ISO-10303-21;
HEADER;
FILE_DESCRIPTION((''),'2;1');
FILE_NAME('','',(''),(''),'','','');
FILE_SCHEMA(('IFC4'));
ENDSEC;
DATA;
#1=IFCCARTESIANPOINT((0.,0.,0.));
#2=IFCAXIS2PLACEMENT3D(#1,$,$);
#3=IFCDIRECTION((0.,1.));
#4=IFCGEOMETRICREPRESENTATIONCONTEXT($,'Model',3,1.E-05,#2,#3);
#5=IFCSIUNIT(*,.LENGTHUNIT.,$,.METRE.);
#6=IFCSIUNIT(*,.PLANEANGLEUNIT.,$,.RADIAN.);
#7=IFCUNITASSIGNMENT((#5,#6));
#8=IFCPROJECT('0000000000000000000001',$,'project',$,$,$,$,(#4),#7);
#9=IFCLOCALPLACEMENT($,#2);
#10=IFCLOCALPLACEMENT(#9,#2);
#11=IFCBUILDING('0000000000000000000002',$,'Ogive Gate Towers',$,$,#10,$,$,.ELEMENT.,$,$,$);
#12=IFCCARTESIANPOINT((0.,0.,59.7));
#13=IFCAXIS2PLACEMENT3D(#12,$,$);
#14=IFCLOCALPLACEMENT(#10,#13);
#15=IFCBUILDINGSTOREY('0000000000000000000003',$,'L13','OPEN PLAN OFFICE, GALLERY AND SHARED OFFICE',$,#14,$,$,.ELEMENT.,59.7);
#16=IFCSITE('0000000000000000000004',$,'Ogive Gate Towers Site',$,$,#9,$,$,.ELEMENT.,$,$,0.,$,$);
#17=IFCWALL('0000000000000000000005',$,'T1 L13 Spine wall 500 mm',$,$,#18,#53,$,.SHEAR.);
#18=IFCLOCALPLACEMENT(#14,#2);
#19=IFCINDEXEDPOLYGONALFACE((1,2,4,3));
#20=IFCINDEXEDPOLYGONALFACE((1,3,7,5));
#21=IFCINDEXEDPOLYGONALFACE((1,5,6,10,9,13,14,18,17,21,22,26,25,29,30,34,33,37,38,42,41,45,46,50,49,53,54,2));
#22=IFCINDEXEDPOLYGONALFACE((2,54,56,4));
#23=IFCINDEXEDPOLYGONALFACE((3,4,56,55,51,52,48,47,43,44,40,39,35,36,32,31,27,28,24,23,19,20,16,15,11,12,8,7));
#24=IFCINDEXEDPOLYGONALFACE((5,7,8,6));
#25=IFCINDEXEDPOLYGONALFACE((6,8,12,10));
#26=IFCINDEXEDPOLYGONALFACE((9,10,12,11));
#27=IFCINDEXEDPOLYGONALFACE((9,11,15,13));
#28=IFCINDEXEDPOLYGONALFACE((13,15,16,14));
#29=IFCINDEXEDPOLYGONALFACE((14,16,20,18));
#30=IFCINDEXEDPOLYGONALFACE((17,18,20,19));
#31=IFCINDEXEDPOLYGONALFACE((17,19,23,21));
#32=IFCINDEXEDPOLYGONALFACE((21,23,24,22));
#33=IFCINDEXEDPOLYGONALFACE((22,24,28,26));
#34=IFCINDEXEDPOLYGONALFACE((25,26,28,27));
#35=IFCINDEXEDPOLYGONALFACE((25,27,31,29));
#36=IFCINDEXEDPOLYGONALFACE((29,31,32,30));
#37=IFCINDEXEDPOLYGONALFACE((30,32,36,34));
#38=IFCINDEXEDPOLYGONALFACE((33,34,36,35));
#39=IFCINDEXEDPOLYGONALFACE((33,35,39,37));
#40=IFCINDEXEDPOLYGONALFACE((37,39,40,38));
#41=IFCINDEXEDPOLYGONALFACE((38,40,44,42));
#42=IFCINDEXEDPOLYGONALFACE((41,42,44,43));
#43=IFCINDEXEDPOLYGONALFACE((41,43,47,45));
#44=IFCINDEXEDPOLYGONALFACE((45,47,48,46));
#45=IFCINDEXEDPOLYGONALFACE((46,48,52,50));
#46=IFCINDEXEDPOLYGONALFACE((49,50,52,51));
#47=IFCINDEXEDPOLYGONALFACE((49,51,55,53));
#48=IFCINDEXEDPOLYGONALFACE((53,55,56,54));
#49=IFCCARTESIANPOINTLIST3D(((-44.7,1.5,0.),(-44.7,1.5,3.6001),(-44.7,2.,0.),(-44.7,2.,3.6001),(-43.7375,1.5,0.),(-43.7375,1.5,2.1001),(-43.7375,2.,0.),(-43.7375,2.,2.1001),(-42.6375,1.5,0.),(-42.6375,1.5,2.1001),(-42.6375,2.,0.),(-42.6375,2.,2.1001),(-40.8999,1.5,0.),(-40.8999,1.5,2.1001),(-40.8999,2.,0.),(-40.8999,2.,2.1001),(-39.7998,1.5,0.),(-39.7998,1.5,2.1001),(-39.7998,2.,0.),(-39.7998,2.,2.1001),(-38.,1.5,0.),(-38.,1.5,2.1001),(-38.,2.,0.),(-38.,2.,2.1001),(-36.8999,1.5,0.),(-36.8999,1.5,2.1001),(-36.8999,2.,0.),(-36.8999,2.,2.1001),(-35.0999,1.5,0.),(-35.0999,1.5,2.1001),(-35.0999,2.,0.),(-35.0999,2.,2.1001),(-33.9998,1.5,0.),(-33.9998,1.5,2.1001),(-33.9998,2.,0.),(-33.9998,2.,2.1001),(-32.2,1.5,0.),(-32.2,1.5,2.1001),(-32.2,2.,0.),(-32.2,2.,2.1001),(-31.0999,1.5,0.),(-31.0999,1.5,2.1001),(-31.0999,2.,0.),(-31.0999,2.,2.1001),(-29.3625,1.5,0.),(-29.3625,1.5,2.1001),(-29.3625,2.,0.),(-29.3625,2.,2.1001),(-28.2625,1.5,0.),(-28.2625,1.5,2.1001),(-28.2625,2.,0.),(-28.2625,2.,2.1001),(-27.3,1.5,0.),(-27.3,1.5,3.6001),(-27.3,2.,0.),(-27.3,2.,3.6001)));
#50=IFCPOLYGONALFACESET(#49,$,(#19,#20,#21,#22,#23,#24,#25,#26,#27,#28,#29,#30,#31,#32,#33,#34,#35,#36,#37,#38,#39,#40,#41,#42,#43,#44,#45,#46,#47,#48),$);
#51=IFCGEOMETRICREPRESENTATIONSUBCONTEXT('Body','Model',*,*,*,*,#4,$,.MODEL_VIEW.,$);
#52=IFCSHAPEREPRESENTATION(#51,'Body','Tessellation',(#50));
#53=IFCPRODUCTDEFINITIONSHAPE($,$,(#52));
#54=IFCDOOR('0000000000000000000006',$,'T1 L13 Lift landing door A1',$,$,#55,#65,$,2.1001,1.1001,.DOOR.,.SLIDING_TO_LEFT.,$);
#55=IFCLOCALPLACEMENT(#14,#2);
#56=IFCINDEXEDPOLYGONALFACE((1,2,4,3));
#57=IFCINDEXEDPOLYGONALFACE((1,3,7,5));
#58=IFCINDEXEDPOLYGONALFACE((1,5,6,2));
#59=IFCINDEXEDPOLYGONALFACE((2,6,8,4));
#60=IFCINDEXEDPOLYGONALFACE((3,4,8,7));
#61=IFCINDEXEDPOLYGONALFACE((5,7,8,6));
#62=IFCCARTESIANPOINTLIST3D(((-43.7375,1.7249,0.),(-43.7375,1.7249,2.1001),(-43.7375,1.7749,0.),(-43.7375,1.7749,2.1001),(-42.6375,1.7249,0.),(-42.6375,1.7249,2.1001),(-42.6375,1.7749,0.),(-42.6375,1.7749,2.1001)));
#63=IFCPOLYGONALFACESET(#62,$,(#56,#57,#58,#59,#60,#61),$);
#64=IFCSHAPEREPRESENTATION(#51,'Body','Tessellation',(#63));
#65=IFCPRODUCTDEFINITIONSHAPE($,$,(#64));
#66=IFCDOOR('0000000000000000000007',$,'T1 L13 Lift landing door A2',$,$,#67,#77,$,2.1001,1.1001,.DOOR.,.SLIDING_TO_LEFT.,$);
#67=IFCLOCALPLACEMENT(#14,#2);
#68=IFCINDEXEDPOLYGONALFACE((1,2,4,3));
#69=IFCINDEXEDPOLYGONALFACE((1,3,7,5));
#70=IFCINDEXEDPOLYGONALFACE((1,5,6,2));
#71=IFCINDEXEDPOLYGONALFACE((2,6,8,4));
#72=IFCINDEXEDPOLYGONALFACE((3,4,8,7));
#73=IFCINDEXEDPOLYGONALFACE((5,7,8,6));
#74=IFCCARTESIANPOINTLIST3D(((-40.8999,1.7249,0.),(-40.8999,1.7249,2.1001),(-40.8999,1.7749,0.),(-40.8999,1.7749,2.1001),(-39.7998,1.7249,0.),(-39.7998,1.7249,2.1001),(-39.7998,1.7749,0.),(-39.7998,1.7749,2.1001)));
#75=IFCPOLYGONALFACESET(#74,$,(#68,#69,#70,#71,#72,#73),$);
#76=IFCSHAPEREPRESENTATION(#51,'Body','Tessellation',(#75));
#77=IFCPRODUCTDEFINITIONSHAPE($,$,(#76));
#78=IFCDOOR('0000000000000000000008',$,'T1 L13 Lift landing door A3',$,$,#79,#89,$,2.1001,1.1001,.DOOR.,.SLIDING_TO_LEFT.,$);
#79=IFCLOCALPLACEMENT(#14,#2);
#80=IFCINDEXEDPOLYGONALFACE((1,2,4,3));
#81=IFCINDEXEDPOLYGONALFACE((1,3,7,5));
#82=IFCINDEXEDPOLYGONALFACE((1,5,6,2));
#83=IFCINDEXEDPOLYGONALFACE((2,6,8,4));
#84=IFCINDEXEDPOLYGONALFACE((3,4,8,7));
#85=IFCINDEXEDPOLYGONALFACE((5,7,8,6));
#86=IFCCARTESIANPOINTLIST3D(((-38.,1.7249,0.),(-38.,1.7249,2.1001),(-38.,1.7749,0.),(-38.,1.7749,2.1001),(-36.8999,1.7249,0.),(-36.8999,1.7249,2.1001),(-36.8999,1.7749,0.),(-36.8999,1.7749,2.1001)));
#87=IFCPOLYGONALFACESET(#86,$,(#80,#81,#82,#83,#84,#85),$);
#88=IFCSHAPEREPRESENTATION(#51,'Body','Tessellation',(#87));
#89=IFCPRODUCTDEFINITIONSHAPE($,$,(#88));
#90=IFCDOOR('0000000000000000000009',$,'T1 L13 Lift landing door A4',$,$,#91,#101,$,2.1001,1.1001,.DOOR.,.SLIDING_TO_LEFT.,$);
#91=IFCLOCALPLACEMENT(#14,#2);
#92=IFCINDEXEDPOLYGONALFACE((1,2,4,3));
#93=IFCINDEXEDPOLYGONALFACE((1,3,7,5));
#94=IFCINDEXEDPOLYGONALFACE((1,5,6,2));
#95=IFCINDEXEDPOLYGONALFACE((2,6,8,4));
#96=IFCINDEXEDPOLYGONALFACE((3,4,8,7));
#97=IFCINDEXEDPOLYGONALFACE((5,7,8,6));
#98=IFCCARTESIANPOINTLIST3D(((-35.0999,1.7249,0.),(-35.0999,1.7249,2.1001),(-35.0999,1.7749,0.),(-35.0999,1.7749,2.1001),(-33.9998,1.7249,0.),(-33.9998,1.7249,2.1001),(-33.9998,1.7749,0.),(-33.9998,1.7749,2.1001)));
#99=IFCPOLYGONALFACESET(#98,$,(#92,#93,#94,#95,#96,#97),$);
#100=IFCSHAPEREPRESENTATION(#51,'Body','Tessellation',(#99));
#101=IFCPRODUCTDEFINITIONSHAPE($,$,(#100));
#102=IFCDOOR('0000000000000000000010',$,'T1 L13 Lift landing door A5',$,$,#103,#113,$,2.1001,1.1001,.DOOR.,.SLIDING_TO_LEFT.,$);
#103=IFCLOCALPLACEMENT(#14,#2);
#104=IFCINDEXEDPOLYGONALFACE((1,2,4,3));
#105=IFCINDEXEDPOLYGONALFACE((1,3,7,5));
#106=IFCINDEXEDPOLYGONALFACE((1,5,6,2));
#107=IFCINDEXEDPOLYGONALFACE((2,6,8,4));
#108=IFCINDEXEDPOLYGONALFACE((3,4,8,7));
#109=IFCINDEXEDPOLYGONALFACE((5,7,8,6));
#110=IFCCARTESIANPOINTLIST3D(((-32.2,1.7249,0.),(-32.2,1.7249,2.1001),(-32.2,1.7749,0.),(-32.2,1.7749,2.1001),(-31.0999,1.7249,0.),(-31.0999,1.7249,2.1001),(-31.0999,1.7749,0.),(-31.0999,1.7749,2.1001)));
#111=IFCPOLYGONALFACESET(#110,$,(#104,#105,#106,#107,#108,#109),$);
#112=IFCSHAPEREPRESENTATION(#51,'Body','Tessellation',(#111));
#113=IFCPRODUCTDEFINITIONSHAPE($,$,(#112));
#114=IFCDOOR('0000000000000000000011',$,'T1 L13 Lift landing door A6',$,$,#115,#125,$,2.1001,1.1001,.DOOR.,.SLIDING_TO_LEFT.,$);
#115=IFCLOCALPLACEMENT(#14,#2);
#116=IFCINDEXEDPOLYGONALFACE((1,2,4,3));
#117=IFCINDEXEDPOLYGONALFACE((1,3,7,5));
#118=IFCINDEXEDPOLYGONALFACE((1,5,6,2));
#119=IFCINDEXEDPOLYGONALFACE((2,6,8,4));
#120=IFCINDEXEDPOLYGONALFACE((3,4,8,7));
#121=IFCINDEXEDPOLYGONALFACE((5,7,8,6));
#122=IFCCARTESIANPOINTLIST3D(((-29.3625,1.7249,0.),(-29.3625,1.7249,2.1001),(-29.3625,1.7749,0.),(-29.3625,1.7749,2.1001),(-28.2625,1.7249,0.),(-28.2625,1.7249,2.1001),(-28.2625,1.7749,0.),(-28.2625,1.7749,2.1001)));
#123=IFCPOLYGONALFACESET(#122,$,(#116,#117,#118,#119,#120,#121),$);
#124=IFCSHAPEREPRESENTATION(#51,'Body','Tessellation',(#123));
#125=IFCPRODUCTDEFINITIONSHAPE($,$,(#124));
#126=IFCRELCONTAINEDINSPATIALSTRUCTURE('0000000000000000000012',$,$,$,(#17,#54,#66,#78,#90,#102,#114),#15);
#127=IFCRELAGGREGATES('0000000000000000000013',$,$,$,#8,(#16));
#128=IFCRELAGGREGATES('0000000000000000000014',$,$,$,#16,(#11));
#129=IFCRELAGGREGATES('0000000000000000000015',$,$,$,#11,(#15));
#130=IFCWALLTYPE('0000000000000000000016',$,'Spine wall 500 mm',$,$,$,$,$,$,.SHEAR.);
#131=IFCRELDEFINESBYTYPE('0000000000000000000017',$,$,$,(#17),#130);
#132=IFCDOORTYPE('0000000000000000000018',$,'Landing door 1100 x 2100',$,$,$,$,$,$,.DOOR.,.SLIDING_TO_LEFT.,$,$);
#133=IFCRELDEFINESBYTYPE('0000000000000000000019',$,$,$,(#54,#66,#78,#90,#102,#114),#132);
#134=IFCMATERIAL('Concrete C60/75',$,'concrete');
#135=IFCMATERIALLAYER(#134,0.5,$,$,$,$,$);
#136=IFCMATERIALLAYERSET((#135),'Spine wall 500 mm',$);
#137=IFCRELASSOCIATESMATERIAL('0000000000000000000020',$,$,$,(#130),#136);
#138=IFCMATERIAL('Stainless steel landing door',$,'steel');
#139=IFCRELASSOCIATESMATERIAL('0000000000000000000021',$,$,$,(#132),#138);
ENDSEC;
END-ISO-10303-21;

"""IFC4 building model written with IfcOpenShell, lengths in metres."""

from ifc_helpers import new_model, si_unit, direction, frame, frame_2d, origin, place, context, subcontext, project, spatial, rectangle, extrude, material, layer, layer_set, type_object, element, fill, save


model = new_model("IFC4")

# Units and contexts
model_context = context("Model", 3, precision=1e-05, world=origin(), true_north=direction((0.0, 1.0)))
body_context = subcontext(model_context, "Body", "Model", "MODEL_VIEW")
ifc_project = project(units=[si_unit("LENGTHUNIT", "METRE"), si_unit("PLANEANGLEUNIT", "RADIAN")], contexts=[model_context])

# Site, building, storey
site_placement = place(None, origin())
site = spatial("IfcSite", under=ifc_project, at=site_placement, Name="Ogive Gate Towers Site", CompositionType="ELEMENT", RefElevation=0.0)
building_placement = place(site_placement, origin())
building = spatial("IfcBuilding", under=site, at=building_placement, Name="Ogive Gate Towers", CompositionType="ELEMENT")
storey_placement = place(building_placement, frame((0.0, 0.0, 59.7)))
storey = spatial("IfcBuildingStorey", under=building, at=storey_placement, Name="L13", Description="OPEN PLAN OFFICE, GALLERY AND SHARED OFFICE", CompositionType="ELEMENT", Elevation=59.7)

# Wall, openings, doors
ifc_material_1 = material(Name="Concrete C60/75", Category="concrete")
ifc_layer_1 = layer(ifc_material_1, 0.5)
ifc_layer_set_1 = layer_set([ifc_layer_1], Name="Spine wall 500 mm")
wall_type_1 = type_object("IfcWallType", Name="Spine wall 500 mm", PredefinedType="SHEAR", material=ifc_layer_set_1)
wall_1_placement = place(storey_placement, frame((-44.7, 1.75, 0.0), z_axis=(0.0, 0.0, 1.0), x_axis=(1.0, 0.0, 0.0)))
wall_1 = element("IfcWall", 1, at=wall_1_placement, inside=storey, type_object=wall_type_1, Name="T1 L13 Spine wall 500 mm", PredefinedType="SHEAR", context=body_context, shape_type="SweptSolid", body=[
    extrude(rectangle(XDim=17.3999, YDim=0.5, at=frame_2d((8.7, 0.0))), origin(), (0.0, 0.0, 1.0), 3.6001),
])
opening_1_placement = place(wall_1_placement, frame((0.9624, 0.0, 0.0)))
opening_1 = element("IfcOpeningElement", 2, at=opening_1_placement, cuts=wall_1, PredefinedType="OPENING", context=body_context, shape_type="SweptSolid", body=[
    extrude(rectangle(XDim=1.1001, YDim=2.1001, at=frame_2d((0.55, 1.05))), frame((0.0, 0.26, 0.0), z_axis=(0.0, -1.0, 0.0), x_axis=(1.0, 0.0, 0.0)), (0.0, 0.0, 1.0), 0.52),
])
opening_2_placement = place(wall_1_placement, frame((3.8, 0.0, 0.0)))
opening_2 = element("IfcOpeningElement", 3, at=opening_2_placement, cuts=wall_1, PredefinedType="OPENING", context=body_context, shape_type="SweptSolid", body=[
    extrude(rectangle(XDim=1.1001, YDim=2.1001, at=frame_2d((0.55, 1.05))), frame((0.0, 0.26, 0.0), z_axis=(0.0, -1.0, 0.0), x_axis=(1.0, 0.0, 0.0)), (0.0, 0.0, 1.0), 0.52),
])
opening_3_placement = place(wall_1_placement, frame((6.7, 0.0, 0.0)))
opening_3 = element("IfcOpeningElement", 4, at=opening_3_placement, cuts=wall_1, PredefinedType="OPENING", context=body_context, shape_type="SweptSolid", body=[
    extrude(rectangle(XDim=1.1001, YDim=2.1001, at=frame_2d((0.55, 1.05))), frame((0.0, 0.26, 0.0), z_axis=(0.0, -1.0, 0.0), x_axis=(1.0, 0.0, 0.0)), (0.0, 0.0, 1.0), 0.52),
])
opening_4_placement = place(wall_1_placement, frame((9.6001, 0.0, 0.0)))
opening_4 = element("IfcOpeningElement", 5, at=opening_4_placement, cuts=wall_1, PredefinedType="OPENING", context=body_context, shape_type="SweptSolid", body=[
    extrude(rectangle(XDim=1.1001, YDim=2.1001, at=frame_2d((0.55, 1.05))), frame((0.0, 0.26, 0.0), z_axis=(0.0, -1.0, 0.0), x_axis=(1.0, 0.0, 0.0)), (0.0, 0.0, 1.0), 0.52),
])
opening_5_placement = place(wall_1_placement, frame((12.5, 0.0, 0.0)))
opening_5 = element("IfcOpeningElement", 6, at=opening_5_placement, cuts=wall_1, PredefinedType="OPENING", context=body_context, shape_type="SweptSolid", body=[
    extrude(rectangle(XDim=1.1001, YDim=2.1001, at=frame_2d((0.55, 1.05))), frame((0.0, 0.26, 0.0), z_axis=(0.0, -1.0, 0.0), x_axis=(1.0, 0.0, 0.0)), (0.0, 0.0, 1.0), 0.52),
])
opening_6_placement = place(wall_1_placement, frame((15.3374, 0.0, 0.0)))
opening_6 = element("IfcOpeningElement", 7, at=opening_6_placement, cuts=wall_1, PredefinedType="OPENING", context=body_context, shape_type="SweptSolid", body=[
    extrude(rectangle(XDim=1.1001, YDim=2.1001, at=frame_2d((0.55, 1.05))), frame((0.0, 0.26, 0.0), z_axis=(0.0, -1.0, 0.0), x_axis=(1.0, 0.0, 0.0)), (0.0, 0.0, 1.0), 0.52),
])
ifc_material_2 = material(Name="Stainless steel landing door", Category="steel")
door_type_1 = type_object("IfcDoorType", Name="Landing door 1100 x 2100", OperationType="SLIDING_TO_LEFT", PredefinedType="DOOR", material=ifc_material_2)
door_1_placement = place(opening_1_placement, origin())
door_1 = element("IfcDoor", 8, at=door_1_placement, inside=storey, type_object=door_type_1, Name="T1 L13 Lift landing door A1", OperationType="SLIDING_TO_LEFT", OverallHeight=2.1001, OverallWidth=1.1001, PredefinedType="DOOR", context=body_context, shape_type="SweptSolid", body=[
    extrude(rectangle(XDim=1.1001, YDim=2.1001, at=frame_2d((0.55, 1.05))), frame((0.0, 0.0249, 0.0), z_axis=(0.0, -1.0, 0.0), x_axis=(1.0, 0.0, 0.0)), (0.0, 0.0, 1.0), 0.05),
])
fill(opening_1, door_1)
door_2_placement = place(opening_2_placement, origin())
door_2 = element("IfcDoor", 9, at=door_2_placement, inside=storey, type_object=door_type_1, Name="T1 L13 Lift landing door A2", OperationType="SLIDING_TO_LEFT", OverallHeight=2.1001, OverallWidth=1.1001, PredefinedType="DOOR", context=body_context, shape_type="SweptSolid", body=[
    extrude(rectangle(XDim=1.1001, YDim=2.1001, at=frame_2d((0.55, 1.05))), frame((0.0, 0.0249, 0.0), z_axis=(0.0, -1.0, 0.0), x_axis=(1.0, 0.0, 0.0)), (0.0, 0.0, 1.0), 0.05),
])
fill(opening_2, door_2)
door_3_placement = place(opening_3_placement, origin())
door_3 = element("IfcDoor", 10, at=door_3_placement, inside=storey, type_object=door_type_1, Name="T1 L13 Lift landing door A3", OperationType="SLIDING_TO_LEFT", OverallHeight=2.1001, OverallWidth=1.1001, PredefinedType="DOOR", context=body_context, shape_type="SweptSolid", body=[
    extrude(rectangle(XDim=1.1001, YDim=2.1001, at=frame_2d((0.55, 1.05))), frame((0.0, 0.0249, 0.0), z_axis=(0.0, -1.0, 0.0), x_axis=(1.0, 0.0, 0.0)), (0.0, 0.0, 1.0), 0.05),
])
fill(opening_3, door_3)
door_4_placement = place(opening_4_placement, origin())
door_4 = element("IfcDoor", 11, at=door_4_placement, inside=storey, type_object=door_type_1, Name="T1 L13 Lift landing door A4", OperationType="SLIDING_TO_LEFT", OverallHeight=2.1001, OverallWidth=1.1001, PredefinedType="DOOR", context=body_context, shape_type="SweptSolid", body=[
    extrude(rectangle(XDim=1.1001, YDim=2.1001, at=frame_2d((0.55, 1.05))), frame((0.0, 0.0249, 0.0), z_axis=(0.0, -1.0, 0.0), x_axis=(1.0, 0.0, 0.0)), (0.0, 0.0, 1.0), 0.05),
])
fill(opening_4, door_4)
door_5_placement = place(opening_5_placement, origin())
door_5 = element("IfcDoor", 12, at=door_5_placement, inside=storey, type_object=door_type_1, Name="T1 L13 Lift landing door A5", OperationType="SLIDING_TO_LEFT", OverallHeight=2.1001, OverallWidth=1.1001, PredefinedType="DOOR", context=body_context, shape_type="SweptSolid", body=[
    extrude(rectangle(XDim=1.1001, YDim=2.1001, at=frame_2d((0.55, 1.05))), frame((0.0, 0.0249, 0.0), z_axis=(0.0, -1.0, 0.0), x_axis=(1.0, 0.0, 0.0)), (0.0, 0.0, 1.0), 0.05),
])
fill(opening_5, door_5)
door_6_placement = place(opening_6_placement, origin())
door_6 = element("IfcDoor", 13, at=door_6_placement, inside=storey, type_object=door_type_1, Name="T1 L13 Lift landing door A6", OperationType="SLIDING_TO_LEFT", OverallHeight=2.1001, OverallWidth=1.1001, PredefinedType="DOOR", context=body_context, shape_type="SweptSolid", body=[
    extrude(rectangle(XDim=1.1001, YDim=2.1001, at=frame_2d((0.55, 1.05))), frame((0.0, 0.0249, 0.0), z_axis=(0.0, -1.0, 0.0), x_axis=(1.0, 0.0, 0.0)), (0.0, 0.0, 1.0), 0.05),
])
fill(opening_6, door_6)

save(model, "model.ifc")
